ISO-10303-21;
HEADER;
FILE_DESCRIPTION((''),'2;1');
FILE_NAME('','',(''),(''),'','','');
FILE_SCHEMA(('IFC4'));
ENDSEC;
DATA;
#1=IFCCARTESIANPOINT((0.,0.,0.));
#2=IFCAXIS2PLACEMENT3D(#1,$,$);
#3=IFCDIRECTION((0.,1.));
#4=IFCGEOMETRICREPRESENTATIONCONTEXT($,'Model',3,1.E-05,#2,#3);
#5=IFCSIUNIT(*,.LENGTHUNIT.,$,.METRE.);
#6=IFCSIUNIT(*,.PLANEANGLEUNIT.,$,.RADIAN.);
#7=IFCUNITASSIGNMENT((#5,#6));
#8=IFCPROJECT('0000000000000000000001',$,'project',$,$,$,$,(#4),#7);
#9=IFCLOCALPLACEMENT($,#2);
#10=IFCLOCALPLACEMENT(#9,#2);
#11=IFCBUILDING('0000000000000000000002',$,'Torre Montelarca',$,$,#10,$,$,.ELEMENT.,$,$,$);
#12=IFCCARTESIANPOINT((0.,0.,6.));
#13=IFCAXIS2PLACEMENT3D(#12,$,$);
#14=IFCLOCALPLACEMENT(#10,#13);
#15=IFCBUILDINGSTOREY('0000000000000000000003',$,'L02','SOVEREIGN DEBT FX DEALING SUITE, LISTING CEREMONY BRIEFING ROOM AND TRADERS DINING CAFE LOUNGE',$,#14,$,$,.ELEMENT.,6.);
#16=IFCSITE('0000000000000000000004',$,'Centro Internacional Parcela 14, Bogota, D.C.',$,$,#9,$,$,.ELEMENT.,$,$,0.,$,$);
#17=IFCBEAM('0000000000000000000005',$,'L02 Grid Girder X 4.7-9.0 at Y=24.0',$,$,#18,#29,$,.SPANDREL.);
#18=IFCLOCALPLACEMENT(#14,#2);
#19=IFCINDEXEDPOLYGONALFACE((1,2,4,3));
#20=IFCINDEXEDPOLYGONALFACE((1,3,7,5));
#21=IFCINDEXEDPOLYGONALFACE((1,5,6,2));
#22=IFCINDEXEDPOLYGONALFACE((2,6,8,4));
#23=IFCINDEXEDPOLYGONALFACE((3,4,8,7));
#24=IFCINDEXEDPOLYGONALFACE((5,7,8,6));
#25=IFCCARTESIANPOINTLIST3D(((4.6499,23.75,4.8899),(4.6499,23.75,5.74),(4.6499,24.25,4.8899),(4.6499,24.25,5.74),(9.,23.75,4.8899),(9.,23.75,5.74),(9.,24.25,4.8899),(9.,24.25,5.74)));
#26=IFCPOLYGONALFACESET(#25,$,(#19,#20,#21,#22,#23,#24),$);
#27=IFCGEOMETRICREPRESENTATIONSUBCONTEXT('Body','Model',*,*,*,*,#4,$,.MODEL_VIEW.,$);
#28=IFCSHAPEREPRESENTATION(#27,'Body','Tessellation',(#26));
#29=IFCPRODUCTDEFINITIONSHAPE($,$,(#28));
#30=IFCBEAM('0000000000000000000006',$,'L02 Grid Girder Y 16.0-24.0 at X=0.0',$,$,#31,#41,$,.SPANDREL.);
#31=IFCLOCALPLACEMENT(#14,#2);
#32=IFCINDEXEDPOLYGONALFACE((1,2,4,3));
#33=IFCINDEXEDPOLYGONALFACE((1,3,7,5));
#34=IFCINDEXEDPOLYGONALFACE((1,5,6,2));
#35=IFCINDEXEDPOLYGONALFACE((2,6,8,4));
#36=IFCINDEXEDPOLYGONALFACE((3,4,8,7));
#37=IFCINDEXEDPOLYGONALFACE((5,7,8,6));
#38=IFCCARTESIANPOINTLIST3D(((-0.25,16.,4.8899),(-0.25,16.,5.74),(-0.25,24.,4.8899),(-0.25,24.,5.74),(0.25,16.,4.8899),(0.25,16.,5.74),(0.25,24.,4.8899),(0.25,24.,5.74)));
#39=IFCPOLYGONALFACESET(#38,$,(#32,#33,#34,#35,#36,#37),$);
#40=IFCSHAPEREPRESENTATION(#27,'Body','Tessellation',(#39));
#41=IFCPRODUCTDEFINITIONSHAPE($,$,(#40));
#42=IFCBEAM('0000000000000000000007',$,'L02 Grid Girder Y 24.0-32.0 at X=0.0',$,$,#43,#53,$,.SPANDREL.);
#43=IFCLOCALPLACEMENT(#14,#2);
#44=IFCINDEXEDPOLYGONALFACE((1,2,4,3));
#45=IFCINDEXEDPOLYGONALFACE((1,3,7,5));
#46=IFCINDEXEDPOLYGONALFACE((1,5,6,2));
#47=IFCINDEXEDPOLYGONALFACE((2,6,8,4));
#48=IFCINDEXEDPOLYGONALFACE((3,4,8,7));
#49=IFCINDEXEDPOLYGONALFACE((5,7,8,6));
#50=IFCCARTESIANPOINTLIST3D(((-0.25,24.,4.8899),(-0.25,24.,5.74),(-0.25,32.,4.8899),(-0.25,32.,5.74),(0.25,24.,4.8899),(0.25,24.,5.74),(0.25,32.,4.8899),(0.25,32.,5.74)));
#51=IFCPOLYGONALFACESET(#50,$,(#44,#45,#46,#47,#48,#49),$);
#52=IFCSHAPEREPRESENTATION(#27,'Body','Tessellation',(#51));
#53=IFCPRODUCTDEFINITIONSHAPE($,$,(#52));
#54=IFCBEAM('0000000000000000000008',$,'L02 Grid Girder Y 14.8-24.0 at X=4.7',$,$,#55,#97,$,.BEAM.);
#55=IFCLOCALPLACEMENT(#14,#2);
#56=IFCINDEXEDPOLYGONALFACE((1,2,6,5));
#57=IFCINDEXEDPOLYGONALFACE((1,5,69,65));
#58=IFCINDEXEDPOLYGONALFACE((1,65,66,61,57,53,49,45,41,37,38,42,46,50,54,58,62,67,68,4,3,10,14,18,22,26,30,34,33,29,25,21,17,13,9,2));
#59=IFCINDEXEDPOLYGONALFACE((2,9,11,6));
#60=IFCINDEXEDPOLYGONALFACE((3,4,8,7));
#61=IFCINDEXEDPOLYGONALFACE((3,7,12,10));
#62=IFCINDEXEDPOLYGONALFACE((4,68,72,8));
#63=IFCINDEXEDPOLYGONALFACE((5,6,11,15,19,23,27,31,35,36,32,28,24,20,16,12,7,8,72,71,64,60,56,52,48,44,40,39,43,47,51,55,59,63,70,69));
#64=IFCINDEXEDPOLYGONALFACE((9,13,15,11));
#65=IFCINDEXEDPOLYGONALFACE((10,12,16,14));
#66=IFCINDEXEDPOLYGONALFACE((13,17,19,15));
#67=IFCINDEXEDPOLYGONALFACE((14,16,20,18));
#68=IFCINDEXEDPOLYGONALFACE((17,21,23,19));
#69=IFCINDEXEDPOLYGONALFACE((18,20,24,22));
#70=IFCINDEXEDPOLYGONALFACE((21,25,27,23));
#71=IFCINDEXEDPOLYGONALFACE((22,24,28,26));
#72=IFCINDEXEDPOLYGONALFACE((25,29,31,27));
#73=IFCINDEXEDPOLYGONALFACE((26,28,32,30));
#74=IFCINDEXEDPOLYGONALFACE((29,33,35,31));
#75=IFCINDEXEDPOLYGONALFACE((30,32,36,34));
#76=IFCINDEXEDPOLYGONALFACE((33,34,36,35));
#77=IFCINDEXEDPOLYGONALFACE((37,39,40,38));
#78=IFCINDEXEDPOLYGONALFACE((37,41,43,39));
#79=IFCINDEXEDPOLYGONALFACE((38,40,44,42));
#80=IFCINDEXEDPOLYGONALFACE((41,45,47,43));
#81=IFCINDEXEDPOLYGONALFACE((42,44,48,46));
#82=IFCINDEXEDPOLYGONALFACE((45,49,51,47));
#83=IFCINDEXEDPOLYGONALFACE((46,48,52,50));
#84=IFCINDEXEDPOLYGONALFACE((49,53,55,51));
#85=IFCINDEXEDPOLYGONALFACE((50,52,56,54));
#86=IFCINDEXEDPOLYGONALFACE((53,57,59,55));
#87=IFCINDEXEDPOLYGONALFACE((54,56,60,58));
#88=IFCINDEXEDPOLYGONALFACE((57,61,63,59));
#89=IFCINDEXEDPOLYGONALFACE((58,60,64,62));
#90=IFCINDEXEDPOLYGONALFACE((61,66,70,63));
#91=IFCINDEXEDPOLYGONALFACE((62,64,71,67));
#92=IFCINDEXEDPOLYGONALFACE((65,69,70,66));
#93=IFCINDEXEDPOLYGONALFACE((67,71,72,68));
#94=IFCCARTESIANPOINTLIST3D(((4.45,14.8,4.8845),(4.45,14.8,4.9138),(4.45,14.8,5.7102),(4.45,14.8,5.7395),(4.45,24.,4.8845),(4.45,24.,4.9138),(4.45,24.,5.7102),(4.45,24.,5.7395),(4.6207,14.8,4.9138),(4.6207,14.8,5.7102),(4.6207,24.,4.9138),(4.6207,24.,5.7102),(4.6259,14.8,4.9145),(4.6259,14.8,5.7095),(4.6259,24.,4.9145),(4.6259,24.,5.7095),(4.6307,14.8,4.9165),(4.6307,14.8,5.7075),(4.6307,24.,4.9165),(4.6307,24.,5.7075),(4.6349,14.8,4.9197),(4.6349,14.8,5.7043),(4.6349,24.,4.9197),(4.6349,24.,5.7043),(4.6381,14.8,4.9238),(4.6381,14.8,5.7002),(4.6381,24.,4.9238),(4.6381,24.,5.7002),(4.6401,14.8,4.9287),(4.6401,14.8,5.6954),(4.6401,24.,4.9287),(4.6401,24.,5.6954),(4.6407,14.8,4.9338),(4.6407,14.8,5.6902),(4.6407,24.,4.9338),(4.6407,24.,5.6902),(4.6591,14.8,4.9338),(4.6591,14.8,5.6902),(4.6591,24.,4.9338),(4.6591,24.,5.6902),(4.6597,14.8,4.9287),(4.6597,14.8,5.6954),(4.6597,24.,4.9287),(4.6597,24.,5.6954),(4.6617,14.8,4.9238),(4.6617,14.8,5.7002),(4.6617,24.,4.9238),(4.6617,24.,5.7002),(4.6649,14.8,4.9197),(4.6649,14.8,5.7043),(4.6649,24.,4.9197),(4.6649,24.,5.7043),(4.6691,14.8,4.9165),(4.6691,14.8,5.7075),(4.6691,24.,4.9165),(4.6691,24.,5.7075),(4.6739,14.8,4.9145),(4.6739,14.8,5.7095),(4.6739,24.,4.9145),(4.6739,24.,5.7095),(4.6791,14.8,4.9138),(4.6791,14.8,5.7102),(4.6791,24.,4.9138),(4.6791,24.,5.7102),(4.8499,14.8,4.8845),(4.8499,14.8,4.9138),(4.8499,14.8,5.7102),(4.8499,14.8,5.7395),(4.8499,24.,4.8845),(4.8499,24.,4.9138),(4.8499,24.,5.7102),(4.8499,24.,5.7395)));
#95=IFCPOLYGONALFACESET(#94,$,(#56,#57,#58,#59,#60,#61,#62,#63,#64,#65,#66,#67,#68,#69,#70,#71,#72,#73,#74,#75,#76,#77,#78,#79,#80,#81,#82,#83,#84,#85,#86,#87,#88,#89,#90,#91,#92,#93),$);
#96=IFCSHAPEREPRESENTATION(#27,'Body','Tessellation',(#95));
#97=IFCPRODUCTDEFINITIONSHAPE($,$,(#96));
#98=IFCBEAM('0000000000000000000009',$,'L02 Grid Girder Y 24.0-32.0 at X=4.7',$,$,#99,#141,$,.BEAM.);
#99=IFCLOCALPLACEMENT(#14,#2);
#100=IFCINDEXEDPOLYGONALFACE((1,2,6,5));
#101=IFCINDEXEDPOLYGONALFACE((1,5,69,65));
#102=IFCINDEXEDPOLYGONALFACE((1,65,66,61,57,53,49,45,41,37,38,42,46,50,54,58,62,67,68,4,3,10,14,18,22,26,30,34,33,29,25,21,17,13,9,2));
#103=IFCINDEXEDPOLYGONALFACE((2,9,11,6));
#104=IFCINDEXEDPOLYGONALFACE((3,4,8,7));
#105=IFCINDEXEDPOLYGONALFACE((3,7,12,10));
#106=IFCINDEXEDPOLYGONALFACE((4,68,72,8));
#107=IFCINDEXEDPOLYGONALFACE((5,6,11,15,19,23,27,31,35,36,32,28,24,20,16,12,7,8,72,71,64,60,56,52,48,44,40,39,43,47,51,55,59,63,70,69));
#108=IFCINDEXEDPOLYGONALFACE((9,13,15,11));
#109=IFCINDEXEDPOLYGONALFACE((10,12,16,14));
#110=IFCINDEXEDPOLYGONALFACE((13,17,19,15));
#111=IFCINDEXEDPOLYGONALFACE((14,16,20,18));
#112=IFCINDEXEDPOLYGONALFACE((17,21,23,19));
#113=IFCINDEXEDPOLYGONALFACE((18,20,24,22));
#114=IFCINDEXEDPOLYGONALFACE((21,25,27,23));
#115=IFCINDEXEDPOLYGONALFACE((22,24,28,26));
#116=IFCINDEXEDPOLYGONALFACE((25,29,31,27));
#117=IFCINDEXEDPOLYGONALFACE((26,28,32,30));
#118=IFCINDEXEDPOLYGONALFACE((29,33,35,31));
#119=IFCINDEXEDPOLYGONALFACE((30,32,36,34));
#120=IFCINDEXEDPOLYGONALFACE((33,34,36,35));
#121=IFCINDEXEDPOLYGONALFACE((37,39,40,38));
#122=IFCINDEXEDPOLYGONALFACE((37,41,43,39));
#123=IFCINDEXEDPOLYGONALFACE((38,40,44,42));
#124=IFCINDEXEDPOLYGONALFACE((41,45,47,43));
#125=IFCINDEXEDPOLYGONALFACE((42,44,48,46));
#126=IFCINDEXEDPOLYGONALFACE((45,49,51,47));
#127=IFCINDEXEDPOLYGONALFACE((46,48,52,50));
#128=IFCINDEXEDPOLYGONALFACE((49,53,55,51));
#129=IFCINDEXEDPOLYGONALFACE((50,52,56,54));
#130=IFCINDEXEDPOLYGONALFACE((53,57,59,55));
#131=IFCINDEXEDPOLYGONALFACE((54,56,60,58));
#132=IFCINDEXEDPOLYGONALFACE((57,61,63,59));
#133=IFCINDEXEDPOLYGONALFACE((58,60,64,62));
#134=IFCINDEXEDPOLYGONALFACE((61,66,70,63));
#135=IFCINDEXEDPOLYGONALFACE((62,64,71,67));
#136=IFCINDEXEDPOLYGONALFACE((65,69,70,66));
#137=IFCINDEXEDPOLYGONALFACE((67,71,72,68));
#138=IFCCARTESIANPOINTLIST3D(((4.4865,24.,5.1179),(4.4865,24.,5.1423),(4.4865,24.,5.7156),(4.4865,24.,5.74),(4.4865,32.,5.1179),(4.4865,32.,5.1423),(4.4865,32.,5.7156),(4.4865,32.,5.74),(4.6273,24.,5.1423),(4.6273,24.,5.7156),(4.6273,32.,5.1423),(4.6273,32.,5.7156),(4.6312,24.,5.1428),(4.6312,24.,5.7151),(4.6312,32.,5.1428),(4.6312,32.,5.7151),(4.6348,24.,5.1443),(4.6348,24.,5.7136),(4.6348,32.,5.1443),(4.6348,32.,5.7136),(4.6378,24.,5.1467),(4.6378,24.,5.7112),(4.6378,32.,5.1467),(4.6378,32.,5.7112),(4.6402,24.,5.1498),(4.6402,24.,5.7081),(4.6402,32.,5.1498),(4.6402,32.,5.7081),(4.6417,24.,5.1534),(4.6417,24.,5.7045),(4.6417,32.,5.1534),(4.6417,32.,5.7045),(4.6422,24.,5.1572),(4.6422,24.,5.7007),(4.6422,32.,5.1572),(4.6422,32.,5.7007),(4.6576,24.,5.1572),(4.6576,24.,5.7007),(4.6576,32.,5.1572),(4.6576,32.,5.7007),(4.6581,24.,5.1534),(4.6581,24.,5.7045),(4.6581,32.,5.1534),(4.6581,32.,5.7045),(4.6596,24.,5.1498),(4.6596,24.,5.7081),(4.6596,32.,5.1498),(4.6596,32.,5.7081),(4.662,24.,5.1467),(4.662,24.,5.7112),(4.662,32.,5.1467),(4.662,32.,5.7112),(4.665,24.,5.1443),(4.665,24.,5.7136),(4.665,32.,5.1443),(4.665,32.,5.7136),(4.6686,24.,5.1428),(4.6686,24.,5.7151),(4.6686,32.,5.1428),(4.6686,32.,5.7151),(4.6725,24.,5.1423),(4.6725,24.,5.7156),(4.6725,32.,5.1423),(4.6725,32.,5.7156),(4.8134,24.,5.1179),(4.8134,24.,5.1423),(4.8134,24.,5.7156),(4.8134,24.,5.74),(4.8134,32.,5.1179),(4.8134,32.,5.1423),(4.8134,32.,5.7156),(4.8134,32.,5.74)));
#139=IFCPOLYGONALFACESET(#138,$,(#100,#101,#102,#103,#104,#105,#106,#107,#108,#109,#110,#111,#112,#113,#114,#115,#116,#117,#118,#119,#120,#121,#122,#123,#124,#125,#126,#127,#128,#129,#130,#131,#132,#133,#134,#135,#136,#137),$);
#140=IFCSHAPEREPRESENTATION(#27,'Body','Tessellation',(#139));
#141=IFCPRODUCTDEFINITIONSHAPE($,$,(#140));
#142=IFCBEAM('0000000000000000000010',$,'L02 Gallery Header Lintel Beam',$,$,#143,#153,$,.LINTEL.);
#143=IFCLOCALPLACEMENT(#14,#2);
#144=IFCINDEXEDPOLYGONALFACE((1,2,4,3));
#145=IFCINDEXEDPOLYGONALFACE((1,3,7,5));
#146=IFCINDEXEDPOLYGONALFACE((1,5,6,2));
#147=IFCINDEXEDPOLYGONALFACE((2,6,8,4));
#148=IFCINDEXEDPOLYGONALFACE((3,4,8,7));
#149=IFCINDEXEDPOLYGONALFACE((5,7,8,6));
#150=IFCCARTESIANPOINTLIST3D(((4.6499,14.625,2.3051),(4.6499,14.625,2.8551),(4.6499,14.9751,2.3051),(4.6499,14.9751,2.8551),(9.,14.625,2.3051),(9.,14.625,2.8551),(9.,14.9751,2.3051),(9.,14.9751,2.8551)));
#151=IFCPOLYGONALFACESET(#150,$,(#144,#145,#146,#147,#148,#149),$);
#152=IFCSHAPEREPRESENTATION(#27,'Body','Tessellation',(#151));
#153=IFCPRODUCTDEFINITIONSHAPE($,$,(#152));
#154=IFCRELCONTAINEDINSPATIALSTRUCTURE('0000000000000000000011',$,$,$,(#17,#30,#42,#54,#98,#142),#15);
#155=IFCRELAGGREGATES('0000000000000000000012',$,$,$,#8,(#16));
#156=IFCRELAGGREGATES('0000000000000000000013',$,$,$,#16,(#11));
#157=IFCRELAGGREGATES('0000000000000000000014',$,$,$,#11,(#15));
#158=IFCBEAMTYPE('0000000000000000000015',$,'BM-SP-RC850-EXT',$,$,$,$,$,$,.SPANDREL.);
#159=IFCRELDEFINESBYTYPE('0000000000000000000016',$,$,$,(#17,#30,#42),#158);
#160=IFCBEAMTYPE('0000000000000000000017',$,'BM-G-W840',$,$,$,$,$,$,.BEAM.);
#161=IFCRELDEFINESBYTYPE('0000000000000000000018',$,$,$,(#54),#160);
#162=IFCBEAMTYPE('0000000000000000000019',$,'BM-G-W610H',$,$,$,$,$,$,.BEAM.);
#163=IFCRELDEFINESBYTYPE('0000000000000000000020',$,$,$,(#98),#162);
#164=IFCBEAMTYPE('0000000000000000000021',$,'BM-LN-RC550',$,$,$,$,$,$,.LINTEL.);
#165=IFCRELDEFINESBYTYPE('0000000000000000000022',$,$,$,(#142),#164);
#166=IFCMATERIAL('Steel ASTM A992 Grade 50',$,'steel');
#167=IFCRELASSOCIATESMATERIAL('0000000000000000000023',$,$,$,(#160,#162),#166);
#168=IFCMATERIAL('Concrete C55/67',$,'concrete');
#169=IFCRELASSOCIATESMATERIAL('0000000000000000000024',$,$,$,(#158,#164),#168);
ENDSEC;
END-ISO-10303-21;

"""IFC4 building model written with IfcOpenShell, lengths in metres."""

from ifc_helpers import new_model, si_unit, direction, frame, origin, origin_2d, place, context, subcontext, project, spatial, rectangle, i_section, extrude, source, transform, mapped, material, material_profile, profile_set, type_object, element, save


model = new_model("IFC4")

# Units and contexts
model_context = context("Model", 3, precision=1e-05, world=origin(), true_north=direction((0.0, 1.0)))
body_context = subcontext(model_context, "Body", "Model", "MODEL_VIEW")
ifc_project = project(units=[si_unit("LENGTHUNIT", "METRE"), si_unit("PLANEANGLEUNIT", "RADIAN")], contexts=[model_context])

# Site, building, storey
site_placement = place(None, origin())
site = spatial("IfcSite", under=ifc_project, at=site_placement, Name="Centro Internacional Parcela 14, Bogota, D.C.", CompositionType="ELEMENT", RefElevation=0.0)
building_placement = place(site_placement, origin())
building = spatial("IfcBuilding", under=site, at=building_placement, Name="Torre Montelarca", CompositionType="ELEMENT")
storey_placement = place(building_placement, frame((0.0, 0.0, 6.0)))
storey = spatial("IfcBuildingStorey", under=building, at=storey_placement, Name="L02", Description="SOVEREIGN DEBT FX DEALING SUITE, LISTING CEREMONY BRIEFING ROOM AND TRADERS DINING CAFE LOUNGE", CompositionType="ELEMENT", Elevation=6.0)

# Beams
ifc_material_1 = material(Name="Steel ASTM A992 Grade 50", Category="steel")
ifc_material_profile_1 = material_profile(ifc_material_1, i_section(OverallWidth=0.3999, OverallDepth=0.855, WebThickness=0.0183, FlangeThickness=0.0293, FilletRadius=0.02, at=origin_2d()), Name="W840X299", Category="steel")
ifc_profile_set_1 = profile_set([ifc_material_profile_1], Name="Steel ASTM A992 Grade 50")
beam_type_1 = type_object("IfcBeamType", Name="BM-G-W840", PredefinedType="BEAM", material=ifc_profile_set_1)
ifc_material_profile_2 = material_profile(ifc_material_1, i_section(OverallWidth=0.3269, OverallDepth=0.6221, WebThickness=0.0154, FlangeThickness=0.0244, FilletRadius=0.0149, at=origin_2d()), Name="W610X195", Category="steel")
ifc_profile_set_2 = profile_set([ifc_material_profile_2], Name="Steel ASTM A992 Grade 50")
beam_type_2 = type_object("IfcBeamType", Name="BM-G-W610H", PredefinedType="BEAM", material=ifc_profile_set_2)
ifc_material_2 = material(Name="Concrete C55/67", Category="concrete")
ifc_material_profile_3 = material_profile(ifc_material_2, rectangle(XDim=0.5, YDim=0.8501, at=origin_2d()), Name="RCB500X850", Category="concrete")
ifc_profile_set_3 = profile_set([ifc_material_profile_3], Name="Concrete C55/67")
beam_type_3 = type_object("IfcBeamType", Name="BM-SP-RC850-EXT", PredefinedType="SPANDREL", material=ifc_profile_set_3)
shared_shape_1 = source(origin(), body_context, "Body", "SweptSolid", [
    extrude(rectangle(XDim=0.5, YDim=0.8501, at=origin_2d()), origin(), (0.0, 0.0, 1.0), 4.3501),
])
beam_1_placement = place(storey_placement, frame((4.6499, 24.0, 5.3149), z_axis=(1.0, 0.0, 0.0), x_axis=(0.0, 1.0, 0.0)))
element("IfcBeam", 1, at=beam_1_placement, inside=storey, type_object=beam_type_3, Name="L02 Grid Girder X 4.7-9.0 at Y=24.0", PredefinedType="SPANDREL", context=body_context, shape_type="MappedRepresentation", body=[
    mapped(shared_shape_1, transform((0.0, 0.0, 0.0), scale=1.0)),
])
shared_shape_2 = source(origin(), body_context, "Body", "SweptSolid", [
    extrude(rectangle(XDim=0.5, YDim=0.8501, at=origin_2d()), origin(), (0.0, 0.0, 1.0), 8.0),
])
for number, where, z_axis, x_axis, name in (
    (2, (0.0, 16.0, 5.3149), (0.0, 1.0, 0.0), (-1.0, 0.0, 0.0), "L02 Grid Girder Y 16.0-24.0 at X=0.0"),
    (3, (0.0, 24.0, 5.3149), (0.0, 1.0, 0.0), (-1.0, 0.0, 0.0), "L02 Grid Girder Y 24.0-32.0 at X=0.0"),
):
    element("IfcBeam", number, at=place(storey_placement, frame(where, z_axis=z_axis, x_axis=x_axis)), inside=storey, type_object=beam_type_3, Name=name, PredefinedType="SPANDREL", context=body_context, shape_type="MappedRepresentation", body=[
        mapped(shared_shape_2, transform((0.0, 0.0, 0.0), scale=1.0)),
    ])
shared_shape_3 = source(origin(), body_context, "Body", "SweptSolid", [
    extrude(i_section(OverallWidth=0.3999, OverallDepth=0.855, WebThickness=0.0183, FlangeThickness=0.0293, FilletRadius=0.02, at=origin_2d()), origin(), (0.0, 0.0, 1.0), 9.2),
])
beam_2_placement = place(storey_placement, frame((4.6499, 14.8, 5.312), z_axis=(0.0, 1.0, 0.0), x_axis=(-1.0, 0.0, 0.0)))
element("IfcBeam", 4, at=beam_2_placement, inside=storey, type_object=beam_type_1, Name="L02 Grid Girder Y 14.8-24.0 at X=4.7", PredefinedType="BEAM", context=body_context, shape_type="MappedRepresentation", body=[
    mapped(shared_shape_3, transform((0.0, 0.0, 0.0), scale=1.0)),
])
shared_shape_4 = source(origin(), body_context, "Body", "SweptSolid", [
    extrude(i_section(OverallWidth=0.3269, OverallDepth=0.6221, WebThickness=0.0154, FlangeThickness=0.0244, FilletRadius=0.0149, at=origin_2d()), origin(), (0.0, 0.0, 1.0), 8.0),
])
beam_3_placement = place(storey_placement, frame((4.6499, 24.0, 5.429), z_axis=(0.0, 1.0, 0.0), x_axis=(-1.0, 0.0, 0.0)))
element("IfcBeam", 5, at=beam_3_placement, inside=storey, type_object=beam_type_2, Name="L02 Grid Girder Y 24.0-32.0 at X=4.7", PredefinedType="BEAM", context=body_context, shape_type="MappedRepresentation", body=[
    mapped(shared_shape_4, transform((0.0, 0.0, 0.0), scale=1.0)),
])
ifc_material_profile_4 = material_profile(ifc_material_2, rectangle(XDim=0.3501, YDim=0.55, at=origin_2d()), Name="RCB350X550", Category="concrete")
ifc_profile_set_4 = profile_set([ifc_material_profile_4], Name="Concrete C55/67")
beam_type_4 = type_object("IfcBeamType", Name="BM-LN-RC550", PredefinedType="LINTEL", material=ifc_profile_set_4)
shared_shape_5 = source(origin(), body_context, "Body", "SweptSolid", [
    extrude(rectangle(XDim=0.3501, YDim=0.55, at=origin_2d()), origin(), (0.0, 0.0, 1.0), 4.3501),
])
beam_4_placement = place(storey_placement, frame((4.6499, 14.8, 2.5801), z_axis=(1.0, 0.0, 0.0), x_axis=(0.0, 1.0, 0.0)))
element("IfcBeam", 6, at=beam_4_placement, inside=storey, type_object=beam_type_4, Name="L02 Gallery Header Lintel Beam", PredefinedType="LINTEL", context=body_context, shape_type="MappedRepresentation", body=[
    mapped(shared_shape_5, transform((0.0, 0.0, 0.0), scale=1.0)),
])

save(model, "model.ifc")
